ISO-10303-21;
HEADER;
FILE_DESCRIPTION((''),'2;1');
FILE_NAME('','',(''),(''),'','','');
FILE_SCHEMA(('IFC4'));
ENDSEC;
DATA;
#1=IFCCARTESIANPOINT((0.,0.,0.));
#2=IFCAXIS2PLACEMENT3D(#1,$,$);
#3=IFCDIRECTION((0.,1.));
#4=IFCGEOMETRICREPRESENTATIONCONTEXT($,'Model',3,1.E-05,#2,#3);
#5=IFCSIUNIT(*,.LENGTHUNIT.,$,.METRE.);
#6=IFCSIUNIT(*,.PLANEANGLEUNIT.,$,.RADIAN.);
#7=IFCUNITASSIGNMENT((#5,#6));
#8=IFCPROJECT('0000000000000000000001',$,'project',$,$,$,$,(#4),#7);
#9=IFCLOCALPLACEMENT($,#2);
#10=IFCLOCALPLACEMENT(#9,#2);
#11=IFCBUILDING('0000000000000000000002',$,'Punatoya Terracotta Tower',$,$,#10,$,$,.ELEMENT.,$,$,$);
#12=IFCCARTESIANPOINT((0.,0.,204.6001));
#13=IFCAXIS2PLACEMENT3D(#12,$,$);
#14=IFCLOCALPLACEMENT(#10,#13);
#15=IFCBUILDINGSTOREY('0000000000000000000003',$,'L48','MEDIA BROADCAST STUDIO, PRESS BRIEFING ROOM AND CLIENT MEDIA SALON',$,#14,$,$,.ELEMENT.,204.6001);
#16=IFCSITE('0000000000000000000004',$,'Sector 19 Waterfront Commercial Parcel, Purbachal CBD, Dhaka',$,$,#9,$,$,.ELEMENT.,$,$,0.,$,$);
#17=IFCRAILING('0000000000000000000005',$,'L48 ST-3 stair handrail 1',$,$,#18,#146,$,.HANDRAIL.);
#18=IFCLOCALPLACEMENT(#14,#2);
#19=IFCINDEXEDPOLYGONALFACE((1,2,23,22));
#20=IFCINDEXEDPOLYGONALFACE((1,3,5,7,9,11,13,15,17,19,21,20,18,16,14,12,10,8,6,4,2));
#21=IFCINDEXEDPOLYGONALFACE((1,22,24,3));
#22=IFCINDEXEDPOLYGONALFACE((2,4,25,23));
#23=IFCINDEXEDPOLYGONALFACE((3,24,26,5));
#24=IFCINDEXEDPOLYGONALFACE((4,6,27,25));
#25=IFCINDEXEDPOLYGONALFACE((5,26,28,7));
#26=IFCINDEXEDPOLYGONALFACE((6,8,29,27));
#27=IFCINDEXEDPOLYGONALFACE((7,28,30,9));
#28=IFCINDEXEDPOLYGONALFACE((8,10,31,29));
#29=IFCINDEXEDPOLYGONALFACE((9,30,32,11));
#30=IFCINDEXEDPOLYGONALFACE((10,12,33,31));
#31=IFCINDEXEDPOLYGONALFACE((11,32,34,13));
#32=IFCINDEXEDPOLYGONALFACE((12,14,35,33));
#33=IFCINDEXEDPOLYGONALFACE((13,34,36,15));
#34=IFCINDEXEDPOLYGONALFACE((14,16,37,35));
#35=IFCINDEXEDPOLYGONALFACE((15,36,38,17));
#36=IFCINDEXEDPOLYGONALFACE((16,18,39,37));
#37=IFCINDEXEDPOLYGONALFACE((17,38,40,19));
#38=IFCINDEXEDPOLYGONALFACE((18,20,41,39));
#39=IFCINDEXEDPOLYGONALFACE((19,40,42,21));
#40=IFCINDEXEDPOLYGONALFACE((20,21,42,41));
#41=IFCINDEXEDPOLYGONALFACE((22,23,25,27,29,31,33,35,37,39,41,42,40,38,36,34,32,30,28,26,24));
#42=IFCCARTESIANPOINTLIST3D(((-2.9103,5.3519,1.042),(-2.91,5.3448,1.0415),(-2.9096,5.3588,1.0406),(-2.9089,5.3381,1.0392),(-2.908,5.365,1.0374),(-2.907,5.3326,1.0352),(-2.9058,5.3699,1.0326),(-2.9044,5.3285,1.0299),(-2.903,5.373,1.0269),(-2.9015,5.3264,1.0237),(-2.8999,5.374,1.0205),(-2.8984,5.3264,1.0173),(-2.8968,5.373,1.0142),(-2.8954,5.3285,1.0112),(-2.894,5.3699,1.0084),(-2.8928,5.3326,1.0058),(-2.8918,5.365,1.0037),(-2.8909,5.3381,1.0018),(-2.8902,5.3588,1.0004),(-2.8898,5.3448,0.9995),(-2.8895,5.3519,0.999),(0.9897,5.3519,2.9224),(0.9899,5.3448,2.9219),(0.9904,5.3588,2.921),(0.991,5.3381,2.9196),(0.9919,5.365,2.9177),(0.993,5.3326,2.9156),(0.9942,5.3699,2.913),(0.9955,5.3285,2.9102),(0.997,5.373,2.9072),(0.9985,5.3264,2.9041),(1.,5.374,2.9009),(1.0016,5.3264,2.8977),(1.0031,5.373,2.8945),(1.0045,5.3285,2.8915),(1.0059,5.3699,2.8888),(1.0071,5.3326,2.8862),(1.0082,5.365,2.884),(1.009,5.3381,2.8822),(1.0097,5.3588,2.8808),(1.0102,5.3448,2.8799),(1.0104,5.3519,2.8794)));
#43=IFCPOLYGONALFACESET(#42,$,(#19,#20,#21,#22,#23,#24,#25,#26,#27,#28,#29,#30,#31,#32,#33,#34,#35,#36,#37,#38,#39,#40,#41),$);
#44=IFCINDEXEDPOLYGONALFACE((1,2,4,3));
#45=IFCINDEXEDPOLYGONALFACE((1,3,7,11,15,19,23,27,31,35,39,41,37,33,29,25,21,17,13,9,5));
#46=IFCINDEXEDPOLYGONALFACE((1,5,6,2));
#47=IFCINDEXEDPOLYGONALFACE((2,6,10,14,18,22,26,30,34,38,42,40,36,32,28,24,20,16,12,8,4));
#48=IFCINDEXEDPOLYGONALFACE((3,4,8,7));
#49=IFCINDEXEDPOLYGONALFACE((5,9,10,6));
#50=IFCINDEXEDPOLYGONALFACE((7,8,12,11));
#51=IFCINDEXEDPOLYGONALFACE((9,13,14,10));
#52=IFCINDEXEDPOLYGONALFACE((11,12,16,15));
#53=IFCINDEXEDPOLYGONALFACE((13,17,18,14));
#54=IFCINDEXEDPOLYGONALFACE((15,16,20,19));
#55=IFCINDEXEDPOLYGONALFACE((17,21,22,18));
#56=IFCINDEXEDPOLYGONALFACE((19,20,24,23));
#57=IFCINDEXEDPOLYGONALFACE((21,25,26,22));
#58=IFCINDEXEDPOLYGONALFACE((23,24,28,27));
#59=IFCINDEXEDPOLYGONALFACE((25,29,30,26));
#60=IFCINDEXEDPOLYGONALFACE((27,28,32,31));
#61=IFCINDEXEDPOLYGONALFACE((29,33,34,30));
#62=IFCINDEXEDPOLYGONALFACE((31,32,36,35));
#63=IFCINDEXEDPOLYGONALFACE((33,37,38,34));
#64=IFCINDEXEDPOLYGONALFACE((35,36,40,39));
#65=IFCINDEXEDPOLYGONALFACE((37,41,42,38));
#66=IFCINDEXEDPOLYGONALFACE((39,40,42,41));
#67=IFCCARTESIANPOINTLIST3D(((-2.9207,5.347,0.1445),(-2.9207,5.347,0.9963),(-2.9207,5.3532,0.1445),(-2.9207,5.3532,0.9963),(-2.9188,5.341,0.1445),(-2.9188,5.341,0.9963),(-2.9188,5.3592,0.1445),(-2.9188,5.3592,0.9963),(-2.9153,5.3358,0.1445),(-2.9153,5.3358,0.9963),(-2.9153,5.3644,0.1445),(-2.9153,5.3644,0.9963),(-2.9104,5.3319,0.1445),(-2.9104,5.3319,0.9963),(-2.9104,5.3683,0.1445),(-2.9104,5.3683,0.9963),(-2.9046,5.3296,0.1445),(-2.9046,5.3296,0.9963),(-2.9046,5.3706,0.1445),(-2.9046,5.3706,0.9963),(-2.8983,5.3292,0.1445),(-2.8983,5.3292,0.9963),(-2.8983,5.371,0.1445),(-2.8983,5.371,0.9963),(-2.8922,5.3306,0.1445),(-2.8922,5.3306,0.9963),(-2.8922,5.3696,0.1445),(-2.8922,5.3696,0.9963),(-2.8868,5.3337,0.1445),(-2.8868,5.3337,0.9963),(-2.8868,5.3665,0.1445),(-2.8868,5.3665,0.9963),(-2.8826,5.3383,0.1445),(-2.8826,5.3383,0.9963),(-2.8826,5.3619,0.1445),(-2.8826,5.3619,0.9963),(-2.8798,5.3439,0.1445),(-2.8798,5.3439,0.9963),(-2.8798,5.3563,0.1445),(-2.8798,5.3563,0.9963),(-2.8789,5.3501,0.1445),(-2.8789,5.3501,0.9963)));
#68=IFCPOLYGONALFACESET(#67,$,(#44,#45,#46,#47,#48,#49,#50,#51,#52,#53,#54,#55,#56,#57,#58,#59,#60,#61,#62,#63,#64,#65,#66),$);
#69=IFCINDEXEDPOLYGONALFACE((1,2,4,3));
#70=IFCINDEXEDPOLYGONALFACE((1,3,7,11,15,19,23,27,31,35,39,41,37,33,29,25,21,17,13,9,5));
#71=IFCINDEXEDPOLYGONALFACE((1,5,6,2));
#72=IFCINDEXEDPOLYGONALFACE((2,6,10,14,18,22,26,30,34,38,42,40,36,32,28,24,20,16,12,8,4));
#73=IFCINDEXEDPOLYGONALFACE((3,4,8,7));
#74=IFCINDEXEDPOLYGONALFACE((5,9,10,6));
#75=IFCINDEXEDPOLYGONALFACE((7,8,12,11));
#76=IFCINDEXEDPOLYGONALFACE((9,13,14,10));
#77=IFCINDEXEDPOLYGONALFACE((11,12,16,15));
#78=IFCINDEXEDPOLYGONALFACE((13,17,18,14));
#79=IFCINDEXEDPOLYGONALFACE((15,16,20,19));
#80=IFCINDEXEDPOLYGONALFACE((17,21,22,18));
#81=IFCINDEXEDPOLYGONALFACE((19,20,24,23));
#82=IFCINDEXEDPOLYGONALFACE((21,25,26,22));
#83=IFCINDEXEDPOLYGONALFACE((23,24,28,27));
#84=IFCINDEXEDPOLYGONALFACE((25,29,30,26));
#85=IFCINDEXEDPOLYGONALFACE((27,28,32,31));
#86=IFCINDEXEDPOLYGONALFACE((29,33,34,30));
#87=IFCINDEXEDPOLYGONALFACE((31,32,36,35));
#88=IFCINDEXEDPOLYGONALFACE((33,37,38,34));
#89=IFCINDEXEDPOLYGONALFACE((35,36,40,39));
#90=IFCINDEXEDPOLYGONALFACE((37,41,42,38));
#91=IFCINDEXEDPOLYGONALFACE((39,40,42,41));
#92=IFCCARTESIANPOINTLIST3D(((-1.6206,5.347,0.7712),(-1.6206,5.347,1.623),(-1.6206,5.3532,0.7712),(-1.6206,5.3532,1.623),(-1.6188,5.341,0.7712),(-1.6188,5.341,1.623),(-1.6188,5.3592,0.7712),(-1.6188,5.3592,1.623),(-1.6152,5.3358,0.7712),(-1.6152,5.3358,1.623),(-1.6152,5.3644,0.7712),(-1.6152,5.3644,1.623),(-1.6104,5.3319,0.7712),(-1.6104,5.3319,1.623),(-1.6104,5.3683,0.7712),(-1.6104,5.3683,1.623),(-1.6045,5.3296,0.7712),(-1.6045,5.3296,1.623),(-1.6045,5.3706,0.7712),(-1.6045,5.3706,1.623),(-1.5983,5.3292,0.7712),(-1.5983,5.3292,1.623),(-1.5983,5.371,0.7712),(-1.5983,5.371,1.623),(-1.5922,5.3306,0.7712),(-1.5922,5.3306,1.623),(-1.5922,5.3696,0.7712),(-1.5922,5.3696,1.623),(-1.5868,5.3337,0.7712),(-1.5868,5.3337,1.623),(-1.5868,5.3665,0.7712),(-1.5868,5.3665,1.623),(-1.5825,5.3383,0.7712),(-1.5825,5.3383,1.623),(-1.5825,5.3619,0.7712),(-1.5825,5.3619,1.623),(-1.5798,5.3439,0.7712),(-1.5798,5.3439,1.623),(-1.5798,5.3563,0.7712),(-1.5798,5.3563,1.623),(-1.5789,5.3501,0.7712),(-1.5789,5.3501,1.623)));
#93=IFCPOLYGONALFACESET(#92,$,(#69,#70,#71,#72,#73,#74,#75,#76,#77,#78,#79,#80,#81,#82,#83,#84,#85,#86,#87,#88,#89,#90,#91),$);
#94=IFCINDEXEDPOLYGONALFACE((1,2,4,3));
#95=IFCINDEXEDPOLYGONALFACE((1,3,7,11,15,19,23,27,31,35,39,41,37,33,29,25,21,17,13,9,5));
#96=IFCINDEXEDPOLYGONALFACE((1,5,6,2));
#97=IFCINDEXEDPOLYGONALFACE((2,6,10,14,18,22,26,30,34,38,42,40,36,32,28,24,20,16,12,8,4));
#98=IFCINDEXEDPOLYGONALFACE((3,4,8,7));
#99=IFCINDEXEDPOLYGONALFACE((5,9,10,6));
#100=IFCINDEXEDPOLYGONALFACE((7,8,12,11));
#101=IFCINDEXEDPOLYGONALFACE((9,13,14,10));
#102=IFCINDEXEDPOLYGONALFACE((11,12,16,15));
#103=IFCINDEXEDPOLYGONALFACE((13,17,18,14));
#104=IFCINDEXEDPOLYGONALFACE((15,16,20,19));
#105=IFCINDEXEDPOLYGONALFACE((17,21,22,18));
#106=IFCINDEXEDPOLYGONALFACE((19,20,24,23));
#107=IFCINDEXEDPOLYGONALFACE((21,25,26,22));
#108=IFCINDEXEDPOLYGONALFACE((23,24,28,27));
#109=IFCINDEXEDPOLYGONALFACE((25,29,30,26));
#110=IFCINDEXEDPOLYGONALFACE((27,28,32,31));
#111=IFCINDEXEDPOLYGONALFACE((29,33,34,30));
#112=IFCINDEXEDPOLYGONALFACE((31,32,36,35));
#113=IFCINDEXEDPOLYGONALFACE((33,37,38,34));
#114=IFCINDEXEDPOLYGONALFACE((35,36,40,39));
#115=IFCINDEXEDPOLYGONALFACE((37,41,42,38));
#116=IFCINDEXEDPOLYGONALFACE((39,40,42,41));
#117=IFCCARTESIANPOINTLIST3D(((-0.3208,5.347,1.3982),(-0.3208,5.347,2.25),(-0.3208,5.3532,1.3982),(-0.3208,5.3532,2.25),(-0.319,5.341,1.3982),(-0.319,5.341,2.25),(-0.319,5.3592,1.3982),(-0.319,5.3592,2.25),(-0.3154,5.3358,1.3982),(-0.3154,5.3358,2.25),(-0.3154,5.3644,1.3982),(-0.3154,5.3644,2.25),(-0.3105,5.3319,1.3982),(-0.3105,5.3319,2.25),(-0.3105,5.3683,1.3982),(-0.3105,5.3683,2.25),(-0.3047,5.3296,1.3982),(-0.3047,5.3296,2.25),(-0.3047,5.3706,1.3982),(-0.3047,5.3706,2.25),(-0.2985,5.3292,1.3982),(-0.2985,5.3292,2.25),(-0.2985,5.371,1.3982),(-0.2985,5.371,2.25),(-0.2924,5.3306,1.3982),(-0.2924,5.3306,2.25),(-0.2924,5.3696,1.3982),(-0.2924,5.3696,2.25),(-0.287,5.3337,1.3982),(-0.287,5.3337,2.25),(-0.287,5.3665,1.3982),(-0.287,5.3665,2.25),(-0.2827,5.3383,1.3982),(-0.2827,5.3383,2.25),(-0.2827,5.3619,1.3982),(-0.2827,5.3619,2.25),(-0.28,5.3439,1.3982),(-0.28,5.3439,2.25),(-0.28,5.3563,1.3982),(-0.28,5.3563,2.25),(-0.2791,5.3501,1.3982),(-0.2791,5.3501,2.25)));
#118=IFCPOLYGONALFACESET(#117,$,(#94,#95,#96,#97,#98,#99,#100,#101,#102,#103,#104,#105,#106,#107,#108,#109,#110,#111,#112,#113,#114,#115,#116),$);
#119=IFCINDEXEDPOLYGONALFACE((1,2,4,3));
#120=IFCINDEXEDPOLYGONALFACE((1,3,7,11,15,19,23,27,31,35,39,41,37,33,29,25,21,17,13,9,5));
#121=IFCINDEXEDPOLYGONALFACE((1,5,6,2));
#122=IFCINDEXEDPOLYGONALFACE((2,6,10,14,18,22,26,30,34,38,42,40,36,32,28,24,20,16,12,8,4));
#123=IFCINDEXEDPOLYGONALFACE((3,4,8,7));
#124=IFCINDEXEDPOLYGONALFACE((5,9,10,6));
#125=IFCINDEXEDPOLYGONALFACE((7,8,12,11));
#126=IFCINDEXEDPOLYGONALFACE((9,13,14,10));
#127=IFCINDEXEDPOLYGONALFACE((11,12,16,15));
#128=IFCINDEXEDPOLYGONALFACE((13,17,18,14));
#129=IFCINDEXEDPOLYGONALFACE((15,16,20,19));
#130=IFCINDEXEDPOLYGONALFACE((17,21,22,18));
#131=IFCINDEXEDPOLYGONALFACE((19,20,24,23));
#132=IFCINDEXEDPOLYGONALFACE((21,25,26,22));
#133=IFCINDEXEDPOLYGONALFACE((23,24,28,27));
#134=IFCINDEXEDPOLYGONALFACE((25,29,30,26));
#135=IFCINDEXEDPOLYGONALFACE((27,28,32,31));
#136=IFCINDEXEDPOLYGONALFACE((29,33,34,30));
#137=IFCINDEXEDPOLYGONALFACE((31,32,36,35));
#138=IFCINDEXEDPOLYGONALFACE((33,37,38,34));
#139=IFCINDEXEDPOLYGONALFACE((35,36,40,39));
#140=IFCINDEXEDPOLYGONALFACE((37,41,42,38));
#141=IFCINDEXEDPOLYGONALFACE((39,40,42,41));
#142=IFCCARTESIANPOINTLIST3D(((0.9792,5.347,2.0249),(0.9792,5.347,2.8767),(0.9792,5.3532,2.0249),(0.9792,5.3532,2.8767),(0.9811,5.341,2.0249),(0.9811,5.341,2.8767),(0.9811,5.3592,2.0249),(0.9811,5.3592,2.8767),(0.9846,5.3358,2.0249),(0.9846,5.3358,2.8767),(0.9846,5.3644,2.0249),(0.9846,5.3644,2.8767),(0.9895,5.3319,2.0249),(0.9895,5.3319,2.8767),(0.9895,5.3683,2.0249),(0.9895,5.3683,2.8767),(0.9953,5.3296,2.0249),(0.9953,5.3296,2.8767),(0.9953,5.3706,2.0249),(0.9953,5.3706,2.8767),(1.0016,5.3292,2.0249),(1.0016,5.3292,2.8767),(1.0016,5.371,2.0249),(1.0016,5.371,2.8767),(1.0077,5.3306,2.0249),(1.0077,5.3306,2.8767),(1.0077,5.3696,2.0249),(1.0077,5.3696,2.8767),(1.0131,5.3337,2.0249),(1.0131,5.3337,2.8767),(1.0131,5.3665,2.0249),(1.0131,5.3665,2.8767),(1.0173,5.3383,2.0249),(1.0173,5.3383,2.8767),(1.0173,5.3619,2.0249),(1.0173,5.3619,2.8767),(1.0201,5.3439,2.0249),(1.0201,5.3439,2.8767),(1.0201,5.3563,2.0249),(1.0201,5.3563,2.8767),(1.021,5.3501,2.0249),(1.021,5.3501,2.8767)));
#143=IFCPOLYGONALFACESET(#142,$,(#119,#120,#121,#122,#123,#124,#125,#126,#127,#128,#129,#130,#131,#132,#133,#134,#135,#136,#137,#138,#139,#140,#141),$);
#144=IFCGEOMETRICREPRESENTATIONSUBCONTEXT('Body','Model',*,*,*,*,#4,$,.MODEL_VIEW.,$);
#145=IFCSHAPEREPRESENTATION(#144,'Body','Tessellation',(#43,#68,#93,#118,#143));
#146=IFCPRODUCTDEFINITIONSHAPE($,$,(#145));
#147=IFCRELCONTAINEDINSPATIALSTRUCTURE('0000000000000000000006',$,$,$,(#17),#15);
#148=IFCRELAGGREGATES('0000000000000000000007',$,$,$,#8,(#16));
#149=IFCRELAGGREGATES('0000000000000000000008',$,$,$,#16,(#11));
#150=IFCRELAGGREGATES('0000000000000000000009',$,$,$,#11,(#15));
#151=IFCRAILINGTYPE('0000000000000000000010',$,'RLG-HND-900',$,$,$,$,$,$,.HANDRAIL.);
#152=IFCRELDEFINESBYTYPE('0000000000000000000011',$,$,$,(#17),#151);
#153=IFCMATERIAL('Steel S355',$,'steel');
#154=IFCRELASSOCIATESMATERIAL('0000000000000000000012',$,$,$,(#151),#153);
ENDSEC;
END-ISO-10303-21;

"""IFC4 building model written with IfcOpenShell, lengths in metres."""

from ifc_helpers import new_model, si_unit, direction, frame, origin, origin_2d, place, context, subcontext, project, spatial, circle, extrude, material, type_object, element, save


model = new_model("IFC4")

# Units and contexts
model_context = context("Model", 3, precision=1e-05, world=origin(), true_north=direction((0.0, 1.0)))
body_context = subcontext(model_context, "Body", "Model", "MODEL_VIEW")
ifc_project = project(units=[si_unit("LENGTHUNIT", "METRE"), si_unit("PLANEANGLEUNIT", "RADIAN")], contexts=[model_context])

# Site, building, storey
site_placement = place(None, origin())
site = spatial("IfcSite", under=ifc_project, at=site_placement, Name="Sector 19 Waterfront Commercial Parcel, Purbachal CBD, Dhaka", CompositionType="ELEMENT", RefElevation=0.0)
building_placement = place(site_placement, origin())
building = spatial("IfcBuilding", under=site, at=building_placement, Name="Punatoya Terracotta Tower", CompositionType="ELEMENT")
storey_placement = place(building_placement, frame((0.0, 0.0, 204.6001)))
storey = spatial("IfcBuildingStorey", under=building, at=storey_placement, Name="L48", Description="MEDIA BROADCAST STUDIO, PRESS BRIEFING ROOM AND CLIENT MEDIA SALON", CompositionType="ELEMENT", Elevation=204.6001)

# Shared definitions
ifc_material_1 = material(Name="Steel S355", Category="steel")

# Railing
railing_type_1 = type_object("IfcRailingType", Name="RLG-HND-900", PredefinedType="HANDRAIL", material=ifc_material_1)
railing_1_placement = place(storey_placement, frame((-2.8999, 5.3501, 0.1445)))
element("IfcRailing", 1, at=railing_1_placement, inside=storey, type_object=railing_type_1, Name="L48 ST-3 stair handrail 1", PredefinedType="HANDRAIL", context=body_context, shape_type="SweptSolid", body=[
    extrude(circle(Radius=0.0239, at=origin_2d()), frame((0.0, 0.0, 0.876), z_axis=(0.900763, 0.0, 0.434311), x_axis=(0.0, 1.0, 0.0)), (0.0, 0.0, 1.0), 4.3296),
    extrude(circle(Radius=0.021, at=origin_2d()), origin(), (0.0, 0.0, 1.0), 0.8518),
    extrude(circle(Radius=0.021, at=origin_2d()), frame((1.3, 0.0, 0.6267)), (0.0, 0.0, 1.0), 0.8518),
    extrude(circle(Radius=0.021, at=origin_2d()), frame((2.5999, 0.0, 1.2537)), (0.0, 0.0, 1.0), 0.8518),
    extrude(circle(Radius=0.021, at=origin_2d()), frame((3.8999, 0.0, 1.8804)), (0.0, 0.0, 1.0), 0.8518),
])

save(model, "model.ifc")
